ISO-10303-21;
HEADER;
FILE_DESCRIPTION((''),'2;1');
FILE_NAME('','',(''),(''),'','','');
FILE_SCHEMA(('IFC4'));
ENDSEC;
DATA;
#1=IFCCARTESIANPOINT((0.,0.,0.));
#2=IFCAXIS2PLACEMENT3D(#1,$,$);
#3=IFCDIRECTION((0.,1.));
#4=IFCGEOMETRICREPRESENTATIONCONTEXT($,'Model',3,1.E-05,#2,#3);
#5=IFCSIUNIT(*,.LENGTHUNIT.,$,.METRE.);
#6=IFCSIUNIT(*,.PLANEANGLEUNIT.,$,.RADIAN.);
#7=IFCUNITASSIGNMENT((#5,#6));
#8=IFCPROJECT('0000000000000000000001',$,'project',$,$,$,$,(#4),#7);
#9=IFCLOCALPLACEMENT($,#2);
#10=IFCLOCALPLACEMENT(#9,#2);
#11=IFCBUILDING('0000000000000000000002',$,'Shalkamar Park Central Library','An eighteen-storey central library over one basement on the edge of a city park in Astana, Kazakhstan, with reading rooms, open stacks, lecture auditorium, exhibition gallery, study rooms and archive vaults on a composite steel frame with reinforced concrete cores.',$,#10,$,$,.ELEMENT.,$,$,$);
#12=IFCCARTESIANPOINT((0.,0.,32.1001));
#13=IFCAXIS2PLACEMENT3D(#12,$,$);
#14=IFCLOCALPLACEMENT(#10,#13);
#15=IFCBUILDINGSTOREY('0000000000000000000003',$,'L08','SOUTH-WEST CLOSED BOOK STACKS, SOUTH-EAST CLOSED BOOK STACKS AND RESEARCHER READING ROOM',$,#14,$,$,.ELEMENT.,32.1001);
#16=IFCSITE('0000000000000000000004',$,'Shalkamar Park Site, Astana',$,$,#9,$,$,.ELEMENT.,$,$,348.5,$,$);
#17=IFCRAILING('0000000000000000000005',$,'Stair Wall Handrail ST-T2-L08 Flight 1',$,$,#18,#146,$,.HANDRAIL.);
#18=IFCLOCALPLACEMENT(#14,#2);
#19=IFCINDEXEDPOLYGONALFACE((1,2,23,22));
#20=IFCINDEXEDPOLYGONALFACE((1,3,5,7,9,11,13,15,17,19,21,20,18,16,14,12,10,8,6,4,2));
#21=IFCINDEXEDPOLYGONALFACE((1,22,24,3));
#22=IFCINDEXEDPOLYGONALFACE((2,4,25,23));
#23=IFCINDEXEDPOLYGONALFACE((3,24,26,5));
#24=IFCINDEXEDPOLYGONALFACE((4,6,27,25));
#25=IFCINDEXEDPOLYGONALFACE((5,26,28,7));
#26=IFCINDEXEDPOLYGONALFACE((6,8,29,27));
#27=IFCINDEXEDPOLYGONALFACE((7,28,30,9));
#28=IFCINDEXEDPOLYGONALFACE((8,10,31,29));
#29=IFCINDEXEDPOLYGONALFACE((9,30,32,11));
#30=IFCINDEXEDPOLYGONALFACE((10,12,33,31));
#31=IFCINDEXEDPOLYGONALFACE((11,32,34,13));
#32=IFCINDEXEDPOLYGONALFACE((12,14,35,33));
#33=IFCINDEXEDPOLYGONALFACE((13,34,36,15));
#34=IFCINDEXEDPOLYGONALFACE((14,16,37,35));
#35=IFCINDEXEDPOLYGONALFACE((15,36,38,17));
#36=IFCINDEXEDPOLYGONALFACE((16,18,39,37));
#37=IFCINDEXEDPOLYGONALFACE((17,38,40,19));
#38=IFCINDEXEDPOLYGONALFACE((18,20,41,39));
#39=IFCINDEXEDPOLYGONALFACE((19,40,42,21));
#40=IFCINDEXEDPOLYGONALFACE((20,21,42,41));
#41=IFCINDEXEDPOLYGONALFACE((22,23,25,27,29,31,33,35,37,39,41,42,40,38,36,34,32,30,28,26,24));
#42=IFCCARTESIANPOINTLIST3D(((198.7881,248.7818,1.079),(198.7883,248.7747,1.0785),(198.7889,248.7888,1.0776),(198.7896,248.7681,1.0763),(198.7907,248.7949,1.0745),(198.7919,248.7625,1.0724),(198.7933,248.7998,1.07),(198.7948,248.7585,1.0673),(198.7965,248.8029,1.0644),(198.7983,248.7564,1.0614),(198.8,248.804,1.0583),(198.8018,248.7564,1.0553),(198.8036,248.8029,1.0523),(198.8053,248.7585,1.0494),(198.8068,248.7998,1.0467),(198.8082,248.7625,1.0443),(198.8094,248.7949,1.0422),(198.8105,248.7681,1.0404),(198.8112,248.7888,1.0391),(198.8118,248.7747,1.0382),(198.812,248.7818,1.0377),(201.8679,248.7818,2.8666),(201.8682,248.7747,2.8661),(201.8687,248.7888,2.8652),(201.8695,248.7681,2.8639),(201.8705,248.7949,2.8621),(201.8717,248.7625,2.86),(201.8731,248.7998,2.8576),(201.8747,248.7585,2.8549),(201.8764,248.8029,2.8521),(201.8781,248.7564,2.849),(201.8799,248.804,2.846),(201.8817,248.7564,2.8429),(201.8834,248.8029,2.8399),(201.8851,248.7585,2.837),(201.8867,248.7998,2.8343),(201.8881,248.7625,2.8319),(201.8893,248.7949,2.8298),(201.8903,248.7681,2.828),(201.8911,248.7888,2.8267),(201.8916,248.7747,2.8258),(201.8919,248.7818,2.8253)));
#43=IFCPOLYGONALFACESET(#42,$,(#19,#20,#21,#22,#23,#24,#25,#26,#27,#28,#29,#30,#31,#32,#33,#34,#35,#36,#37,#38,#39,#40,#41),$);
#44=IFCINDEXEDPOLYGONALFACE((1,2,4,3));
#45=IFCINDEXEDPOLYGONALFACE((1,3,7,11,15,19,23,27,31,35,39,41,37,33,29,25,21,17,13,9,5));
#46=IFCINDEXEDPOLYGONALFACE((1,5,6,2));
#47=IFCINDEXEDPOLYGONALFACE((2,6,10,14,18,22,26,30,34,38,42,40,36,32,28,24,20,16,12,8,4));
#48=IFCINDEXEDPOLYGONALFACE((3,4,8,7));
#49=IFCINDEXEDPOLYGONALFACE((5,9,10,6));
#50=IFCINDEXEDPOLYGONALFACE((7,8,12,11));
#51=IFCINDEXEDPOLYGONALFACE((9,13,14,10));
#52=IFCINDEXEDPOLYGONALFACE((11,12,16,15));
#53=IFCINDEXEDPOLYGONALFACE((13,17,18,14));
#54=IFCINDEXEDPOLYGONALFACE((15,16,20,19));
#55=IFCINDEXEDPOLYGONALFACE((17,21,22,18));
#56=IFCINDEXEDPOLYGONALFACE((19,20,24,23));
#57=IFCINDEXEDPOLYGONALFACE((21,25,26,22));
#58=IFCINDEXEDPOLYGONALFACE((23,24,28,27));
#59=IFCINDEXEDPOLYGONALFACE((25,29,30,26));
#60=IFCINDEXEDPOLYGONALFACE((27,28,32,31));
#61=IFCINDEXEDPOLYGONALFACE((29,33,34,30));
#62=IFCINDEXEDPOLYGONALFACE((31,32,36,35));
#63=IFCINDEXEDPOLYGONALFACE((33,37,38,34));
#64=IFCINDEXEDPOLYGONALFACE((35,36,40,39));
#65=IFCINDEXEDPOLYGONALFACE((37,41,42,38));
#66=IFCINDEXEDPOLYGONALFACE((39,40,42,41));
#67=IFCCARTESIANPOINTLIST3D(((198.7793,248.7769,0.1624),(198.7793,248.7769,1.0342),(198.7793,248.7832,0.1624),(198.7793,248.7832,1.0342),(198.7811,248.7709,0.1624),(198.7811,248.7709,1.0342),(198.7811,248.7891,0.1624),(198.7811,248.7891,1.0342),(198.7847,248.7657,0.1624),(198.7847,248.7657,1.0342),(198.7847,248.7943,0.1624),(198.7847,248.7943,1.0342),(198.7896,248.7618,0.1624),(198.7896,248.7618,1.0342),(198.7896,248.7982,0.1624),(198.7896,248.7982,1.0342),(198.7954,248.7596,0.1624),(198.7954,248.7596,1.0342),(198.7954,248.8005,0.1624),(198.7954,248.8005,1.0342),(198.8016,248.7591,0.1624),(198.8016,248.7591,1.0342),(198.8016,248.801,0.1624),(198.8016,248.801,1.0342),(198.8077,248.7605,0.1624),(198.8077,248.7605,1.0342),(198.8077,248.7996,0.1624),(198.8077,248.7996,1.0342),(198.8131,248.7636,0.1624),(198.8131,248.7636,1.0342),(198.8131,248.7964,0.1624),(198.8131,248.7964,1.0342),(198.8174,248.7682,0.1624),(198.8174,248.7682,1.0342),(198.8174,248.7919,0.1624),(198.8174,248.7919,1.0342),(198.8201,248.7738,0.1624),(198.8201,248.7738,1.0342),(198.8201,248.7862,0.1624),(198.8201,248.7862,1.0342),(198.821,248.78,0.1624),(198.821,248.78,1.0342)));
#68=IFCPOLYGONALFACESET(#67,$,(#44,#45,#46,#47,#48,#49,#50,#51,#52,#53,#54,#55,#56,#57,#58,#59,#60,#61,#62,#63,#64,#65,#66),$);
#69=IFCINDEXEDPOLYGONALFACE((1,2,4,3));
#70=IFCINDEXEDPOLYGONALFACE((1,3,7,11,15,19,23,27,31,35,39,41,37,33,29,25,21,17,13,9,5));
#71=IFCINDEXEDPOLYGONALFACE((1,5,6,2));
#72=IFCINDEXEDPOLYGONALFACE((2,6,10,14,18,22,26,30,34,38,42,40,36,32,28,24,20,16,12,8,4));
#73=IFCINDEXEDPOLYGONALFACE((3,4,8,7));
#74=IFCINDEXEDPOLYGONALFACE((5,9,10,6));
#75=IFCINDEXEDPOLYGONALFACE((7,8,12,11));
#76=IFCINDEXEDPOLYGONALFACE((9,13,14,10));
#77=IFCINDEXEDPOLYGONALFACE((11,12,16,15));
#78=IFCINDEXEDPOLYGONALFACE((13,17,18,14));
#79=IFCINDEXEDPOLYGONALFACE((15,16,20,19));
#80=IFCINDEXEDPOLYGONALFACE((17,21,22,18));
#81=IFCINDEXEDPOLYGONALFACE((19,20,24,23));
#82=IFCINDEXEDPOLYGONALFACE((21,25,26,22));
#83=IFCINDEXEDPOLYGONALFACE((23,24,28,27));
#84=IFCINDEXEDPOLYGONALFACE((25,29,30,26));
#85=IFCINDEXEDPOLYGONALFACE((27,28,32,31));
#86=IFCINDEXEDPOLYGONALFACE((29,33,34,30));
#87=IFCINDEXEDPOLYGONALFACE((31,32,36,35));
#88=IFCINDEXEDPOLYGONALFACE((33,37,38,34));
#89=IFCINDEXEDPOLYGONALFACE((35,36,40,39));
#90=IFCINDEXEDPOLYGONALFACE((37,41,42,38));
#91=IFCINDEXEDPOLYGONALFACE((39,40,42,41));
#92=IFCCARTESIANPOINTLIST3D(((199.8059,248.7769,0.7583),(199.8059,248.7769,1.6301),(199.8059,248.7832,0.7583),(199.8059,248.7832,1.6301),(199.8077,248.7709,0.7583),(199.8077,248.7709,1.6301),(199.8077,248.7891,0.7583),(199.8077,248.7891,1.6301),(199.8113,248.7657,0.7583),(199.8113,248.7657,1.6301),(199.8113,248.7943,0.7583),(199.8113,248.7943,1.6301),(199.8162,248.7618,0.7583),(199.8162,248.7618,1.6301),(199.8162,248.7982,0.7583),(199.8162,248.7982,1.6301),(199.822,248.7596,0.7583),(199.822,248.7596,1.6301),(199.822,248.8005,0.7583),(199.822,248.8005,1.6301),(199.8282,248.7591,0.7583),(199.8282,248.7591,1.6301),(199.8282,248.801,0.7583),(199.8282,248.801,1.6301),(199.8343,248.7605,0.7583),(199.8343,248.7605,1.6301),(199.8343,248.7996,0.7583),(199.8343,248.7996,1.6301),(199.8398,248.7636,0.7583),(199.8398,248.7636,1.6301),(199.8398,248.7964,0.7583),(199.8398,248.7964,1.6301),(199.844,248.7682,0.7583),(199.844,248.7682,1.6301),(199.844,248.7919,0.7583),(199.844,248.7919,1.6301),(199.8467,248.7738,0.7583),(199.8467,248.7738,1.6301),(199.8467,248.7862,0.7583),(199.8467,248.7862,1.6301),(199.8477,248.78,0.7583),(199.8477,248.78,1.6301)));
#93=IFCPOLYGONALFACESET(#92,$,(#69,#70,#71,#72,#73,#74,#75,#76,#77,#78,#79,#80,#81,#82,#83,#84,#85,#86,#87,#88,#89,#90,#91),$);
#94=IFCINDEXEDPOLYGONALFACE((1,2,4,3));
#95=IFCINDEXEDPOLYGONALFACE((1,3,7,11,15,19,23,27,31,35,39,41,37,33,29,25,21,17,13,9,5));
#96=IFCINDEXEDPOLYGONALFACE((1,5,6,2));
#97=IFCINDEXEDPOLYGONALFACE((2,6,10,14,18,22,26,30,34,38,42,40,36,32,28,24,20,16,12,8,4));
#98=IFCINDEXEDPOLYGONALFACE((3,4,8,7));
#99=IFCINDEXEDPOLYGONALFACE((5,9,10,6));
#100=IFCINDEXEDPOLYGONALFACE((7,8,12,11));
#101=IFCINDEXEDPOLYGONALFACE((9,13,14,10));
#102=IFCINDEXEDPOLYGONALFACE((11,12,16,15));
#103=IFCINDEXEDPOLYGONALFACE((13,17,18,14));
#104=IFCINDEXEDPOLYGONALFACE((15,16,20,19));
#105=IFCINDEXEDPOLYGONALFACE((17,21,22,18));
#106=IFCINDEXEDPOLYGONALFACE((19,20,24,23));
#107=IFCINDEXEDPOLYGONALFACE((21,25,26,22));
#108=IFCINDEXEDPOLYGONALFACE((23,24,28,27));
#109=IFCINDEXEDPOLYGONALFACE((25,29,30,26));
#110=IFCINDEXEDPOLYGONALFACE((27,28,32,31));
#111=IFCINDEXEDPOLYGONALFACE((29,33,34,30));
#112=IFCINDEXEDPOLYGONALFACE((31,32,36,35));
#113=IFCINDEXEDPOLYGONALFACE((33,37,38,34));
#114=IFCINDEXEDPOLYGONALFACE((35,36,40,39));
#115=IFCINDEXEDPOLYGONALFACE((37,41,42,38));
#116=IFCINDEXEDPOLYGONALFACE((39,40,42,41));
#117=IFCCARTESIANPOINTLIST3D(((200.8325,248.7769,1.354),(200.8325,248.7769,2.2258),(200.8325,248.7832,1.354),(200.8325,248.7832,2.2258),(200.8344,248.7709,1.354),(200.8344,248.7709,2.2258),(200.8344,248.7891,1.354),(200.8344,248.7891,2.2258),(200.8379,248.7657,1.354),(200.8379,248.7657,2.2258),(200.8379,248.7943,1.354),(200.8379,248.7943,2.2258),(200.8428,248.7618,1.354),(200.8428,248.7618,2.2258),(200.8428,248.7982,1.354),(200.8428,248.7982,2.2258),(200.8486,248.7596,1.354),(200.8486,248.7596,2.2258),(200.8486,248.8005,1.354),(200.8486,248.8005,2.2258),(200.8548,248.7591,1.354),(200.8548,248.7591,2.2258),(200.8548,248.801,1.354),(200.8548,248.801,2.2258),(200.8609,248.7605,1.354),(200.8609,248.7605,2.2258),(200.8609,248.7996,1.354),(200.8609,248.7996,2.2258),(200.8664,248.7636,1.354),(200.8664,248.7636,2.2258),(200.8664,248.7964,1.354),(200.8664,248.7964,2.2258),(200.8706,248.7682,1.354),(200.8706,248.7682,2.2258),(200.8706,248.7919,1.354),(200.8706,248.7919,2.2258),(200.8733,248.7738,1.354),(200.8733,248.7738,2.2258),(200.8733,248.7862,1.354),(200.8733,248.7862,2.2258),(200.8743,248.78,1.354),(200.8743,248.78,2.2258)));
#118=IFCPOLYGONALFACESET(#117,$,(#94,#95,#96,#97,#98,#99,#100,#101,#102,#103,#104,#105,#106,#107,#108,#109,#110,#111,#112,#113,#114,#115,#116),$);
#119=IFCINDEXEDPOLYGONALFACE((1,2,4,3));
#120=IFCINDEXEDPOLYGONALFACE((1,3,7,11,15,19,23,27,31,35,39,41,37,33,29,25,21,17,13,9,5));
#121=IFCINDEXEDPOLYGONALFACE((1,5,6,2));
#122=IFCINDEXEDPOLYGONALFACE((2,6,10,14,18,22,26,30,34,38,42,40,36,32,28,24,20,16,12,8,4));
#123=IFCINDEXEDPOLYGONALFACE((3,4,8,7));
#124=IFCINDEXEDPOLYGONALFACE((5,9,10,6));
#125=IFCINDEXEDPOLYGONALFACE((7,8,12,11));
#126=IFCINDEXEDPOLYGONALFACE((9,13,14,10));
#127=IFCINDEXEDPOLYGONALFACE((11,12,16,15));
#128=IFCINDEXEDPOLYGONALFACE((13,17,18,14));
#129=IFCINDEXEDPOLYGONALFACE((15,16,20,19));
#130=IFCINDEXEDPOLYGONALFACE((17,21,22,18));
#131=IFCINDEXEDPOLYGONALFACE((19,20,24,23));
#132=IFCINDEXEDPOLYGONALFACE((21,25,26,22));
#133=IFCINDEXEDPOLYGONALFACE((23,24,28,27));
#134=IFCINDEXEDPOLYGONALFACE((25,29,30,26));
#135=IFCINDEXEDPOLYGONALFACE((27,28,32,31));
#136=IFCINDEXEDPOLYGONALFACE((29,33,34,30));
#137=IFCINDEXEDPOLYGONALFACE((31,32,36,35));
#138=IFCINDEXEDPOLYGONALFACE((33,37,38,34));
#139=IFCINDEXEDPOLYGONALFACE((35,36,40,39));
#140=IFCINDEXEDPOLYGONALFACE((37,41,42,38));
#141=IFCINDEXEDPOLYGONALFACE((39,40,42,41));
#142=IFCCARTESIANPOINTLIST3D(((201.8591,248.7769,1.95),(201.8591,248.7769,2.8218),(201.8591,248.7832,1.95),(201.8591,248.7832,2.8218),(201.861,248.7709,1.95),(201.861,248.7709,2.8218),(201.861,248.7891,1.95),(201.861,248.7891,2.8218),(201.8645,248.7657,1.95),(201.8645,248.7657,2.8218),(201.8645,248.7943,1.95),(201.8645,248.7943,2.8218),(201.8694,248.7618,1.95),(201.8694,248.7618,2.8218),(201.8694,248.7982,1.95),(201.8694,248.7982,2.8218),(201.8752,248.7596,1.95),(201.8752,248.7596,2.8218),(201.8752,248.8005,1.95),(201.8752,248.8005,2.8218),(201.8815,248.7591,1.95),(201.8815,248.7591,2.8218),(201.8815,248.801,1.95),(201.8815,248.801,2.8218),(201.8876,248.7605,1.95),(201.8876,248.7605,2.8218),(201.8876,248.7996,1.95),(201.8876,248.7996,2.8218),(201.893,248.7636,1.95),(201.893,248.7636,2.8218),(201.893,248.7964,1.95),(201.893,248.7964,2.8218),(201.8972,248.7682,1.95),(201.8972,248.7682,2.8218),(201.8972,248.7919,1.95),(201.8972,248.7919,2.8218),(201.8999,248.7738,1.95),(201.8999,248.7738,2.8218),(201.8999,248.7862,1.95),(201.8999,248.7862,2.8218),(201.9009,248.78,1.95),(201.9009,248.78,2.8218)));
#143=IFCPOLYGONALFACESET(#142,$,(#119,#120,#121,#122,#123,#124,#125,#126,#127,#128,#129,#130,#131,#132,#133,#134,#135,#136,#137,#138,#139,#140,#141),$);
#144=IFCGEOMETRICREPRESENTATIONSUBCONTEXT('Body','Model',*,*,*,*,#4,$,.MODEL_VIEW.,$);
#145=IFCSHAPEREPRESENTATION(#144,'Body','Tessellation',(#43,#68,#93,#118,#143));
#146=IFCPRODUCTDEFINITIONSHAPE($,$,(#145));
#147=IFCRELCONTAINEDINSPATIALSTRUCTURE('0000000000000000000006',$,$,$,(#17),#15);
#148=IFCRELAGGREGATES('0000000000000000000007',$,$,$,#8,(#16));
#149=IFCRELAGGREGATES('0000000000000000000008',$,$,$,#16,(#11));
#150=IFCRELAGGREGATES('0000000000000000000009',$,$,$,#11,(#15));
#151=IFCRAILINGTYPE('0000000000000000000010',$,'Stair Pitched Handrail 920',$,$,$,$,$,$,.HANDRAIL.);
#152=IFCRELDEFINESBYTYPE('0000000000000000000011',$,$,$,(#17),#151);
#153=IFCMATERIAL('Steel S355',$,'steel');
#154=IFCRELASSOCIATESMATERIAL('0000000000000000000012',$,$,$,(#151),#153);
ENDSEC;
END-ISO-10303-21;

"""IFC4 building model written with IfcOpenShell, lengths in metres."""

from ifc_helpers import new_model, si_unit, direction, frame, origin, origin_2d, place, context, subcontext, project, spatial, circle, extrude, material, type_object, element, save


model = new_model("IFC4")

# Units and contexts
model_context = context("Model", 3, precision=1e-05, world=origin(), true_north=direction((0.0, 1.0)))
body_context = subcontext(model_context, "Body", "Model", "MODEL_VIEW")
ifc_project = project(units=[si_unit("LENGTHUNIT", "METRE"), si_unit("PLANEANGLEUNIT", "RADIAN")], contexts=[model_context])

# Site, building, storey
site_placement = place(None, origin())
site = spatial("IfcSite", under=ifc_project, at=site_placement, Name="Shalkamar Park Site, Astana", CompositionType="ELEMENT", RefElevation=348.5)
building_placement = place(site_placement, origin())
building = spatial("IfcBuilding", under=site, at=building_placement, Name="Shalkamar Park Central Library", Description="An eighteen-storey central library over one basement on the edge of a city park in Astana, Kazakhstan, with reading rooms, open stacks, lecture auditorium, exhibition gallery, study rooms and archive vaults on a composite steel frame with reinforced concrete cores.", CompositionType="ELEMENT")
storey_placement = place(building_placement, frame((0.0, 0.0, 32.1001)))
storey = spatial("IfcBuildingStorey", under=building, at=storey_placement, Name="L08", Description="SOUTH-WEST CLOSED BOOK STACKS, SOUTH-EAST CLOSED BOOK STACKS AND RESEARCHER READING ROOM", CompositionType="ELEMENT", Elevation=32.1001)

# Shared definitions
ifc_material_1 = material(Name="Steel S355", Category="steel")

# Railing
railing_type_1 = type_object("IfcRailingType", Name="Stair Pitched Handrail 920", PredefinedType="HANDRAIL", material=ifc_material_1)
railing_1_placement = place(storey_placement, frame((198.8, 248.78, 0.1624)))
element("IfcRailing", 1, at=railing_1_placement, inside=storey, type_object=railing_type_1, Name="Stair Wall Handrail ST-T2-L08 Flight 1", PredefinedType="HANDRAIL", context=body_context, shape_type="SweptSolid", body=[
    extrude(circle(Radius=0.0239, at=origin_2d()), frame((0.0, 0.0, 0.896), z_axis=(0.864873, 0.0, 0.50199), x_axis=(0.0, 1.0, 0.0)), (0.0, 0.0, 1.0), 3.561),
    extrude(circle(Radius=0.021, at=origin_2d()), origin(), (0.0, 0.0, 1.0), 0.8718),
    extrude(circle(Radius=0.021, at=origin_2d()), frame((1.0266, 0.0, 0.5959)), (0.0, 0.0, 1.0), 0.8718),
    extrude(circle(Radius=0.021, at=origin_2d()), frame((2.0532, 0.0, 1.1917)), (0.0, 0.0, 1.0), 0.8718),
    extrude(circle(Radius=0.021, at=origin_2d()), frame((3.0798, 0.0, 1.7876)), (0.0, 0.0, 1.0), 0.8718),
])

save(model, "model.ifc")
